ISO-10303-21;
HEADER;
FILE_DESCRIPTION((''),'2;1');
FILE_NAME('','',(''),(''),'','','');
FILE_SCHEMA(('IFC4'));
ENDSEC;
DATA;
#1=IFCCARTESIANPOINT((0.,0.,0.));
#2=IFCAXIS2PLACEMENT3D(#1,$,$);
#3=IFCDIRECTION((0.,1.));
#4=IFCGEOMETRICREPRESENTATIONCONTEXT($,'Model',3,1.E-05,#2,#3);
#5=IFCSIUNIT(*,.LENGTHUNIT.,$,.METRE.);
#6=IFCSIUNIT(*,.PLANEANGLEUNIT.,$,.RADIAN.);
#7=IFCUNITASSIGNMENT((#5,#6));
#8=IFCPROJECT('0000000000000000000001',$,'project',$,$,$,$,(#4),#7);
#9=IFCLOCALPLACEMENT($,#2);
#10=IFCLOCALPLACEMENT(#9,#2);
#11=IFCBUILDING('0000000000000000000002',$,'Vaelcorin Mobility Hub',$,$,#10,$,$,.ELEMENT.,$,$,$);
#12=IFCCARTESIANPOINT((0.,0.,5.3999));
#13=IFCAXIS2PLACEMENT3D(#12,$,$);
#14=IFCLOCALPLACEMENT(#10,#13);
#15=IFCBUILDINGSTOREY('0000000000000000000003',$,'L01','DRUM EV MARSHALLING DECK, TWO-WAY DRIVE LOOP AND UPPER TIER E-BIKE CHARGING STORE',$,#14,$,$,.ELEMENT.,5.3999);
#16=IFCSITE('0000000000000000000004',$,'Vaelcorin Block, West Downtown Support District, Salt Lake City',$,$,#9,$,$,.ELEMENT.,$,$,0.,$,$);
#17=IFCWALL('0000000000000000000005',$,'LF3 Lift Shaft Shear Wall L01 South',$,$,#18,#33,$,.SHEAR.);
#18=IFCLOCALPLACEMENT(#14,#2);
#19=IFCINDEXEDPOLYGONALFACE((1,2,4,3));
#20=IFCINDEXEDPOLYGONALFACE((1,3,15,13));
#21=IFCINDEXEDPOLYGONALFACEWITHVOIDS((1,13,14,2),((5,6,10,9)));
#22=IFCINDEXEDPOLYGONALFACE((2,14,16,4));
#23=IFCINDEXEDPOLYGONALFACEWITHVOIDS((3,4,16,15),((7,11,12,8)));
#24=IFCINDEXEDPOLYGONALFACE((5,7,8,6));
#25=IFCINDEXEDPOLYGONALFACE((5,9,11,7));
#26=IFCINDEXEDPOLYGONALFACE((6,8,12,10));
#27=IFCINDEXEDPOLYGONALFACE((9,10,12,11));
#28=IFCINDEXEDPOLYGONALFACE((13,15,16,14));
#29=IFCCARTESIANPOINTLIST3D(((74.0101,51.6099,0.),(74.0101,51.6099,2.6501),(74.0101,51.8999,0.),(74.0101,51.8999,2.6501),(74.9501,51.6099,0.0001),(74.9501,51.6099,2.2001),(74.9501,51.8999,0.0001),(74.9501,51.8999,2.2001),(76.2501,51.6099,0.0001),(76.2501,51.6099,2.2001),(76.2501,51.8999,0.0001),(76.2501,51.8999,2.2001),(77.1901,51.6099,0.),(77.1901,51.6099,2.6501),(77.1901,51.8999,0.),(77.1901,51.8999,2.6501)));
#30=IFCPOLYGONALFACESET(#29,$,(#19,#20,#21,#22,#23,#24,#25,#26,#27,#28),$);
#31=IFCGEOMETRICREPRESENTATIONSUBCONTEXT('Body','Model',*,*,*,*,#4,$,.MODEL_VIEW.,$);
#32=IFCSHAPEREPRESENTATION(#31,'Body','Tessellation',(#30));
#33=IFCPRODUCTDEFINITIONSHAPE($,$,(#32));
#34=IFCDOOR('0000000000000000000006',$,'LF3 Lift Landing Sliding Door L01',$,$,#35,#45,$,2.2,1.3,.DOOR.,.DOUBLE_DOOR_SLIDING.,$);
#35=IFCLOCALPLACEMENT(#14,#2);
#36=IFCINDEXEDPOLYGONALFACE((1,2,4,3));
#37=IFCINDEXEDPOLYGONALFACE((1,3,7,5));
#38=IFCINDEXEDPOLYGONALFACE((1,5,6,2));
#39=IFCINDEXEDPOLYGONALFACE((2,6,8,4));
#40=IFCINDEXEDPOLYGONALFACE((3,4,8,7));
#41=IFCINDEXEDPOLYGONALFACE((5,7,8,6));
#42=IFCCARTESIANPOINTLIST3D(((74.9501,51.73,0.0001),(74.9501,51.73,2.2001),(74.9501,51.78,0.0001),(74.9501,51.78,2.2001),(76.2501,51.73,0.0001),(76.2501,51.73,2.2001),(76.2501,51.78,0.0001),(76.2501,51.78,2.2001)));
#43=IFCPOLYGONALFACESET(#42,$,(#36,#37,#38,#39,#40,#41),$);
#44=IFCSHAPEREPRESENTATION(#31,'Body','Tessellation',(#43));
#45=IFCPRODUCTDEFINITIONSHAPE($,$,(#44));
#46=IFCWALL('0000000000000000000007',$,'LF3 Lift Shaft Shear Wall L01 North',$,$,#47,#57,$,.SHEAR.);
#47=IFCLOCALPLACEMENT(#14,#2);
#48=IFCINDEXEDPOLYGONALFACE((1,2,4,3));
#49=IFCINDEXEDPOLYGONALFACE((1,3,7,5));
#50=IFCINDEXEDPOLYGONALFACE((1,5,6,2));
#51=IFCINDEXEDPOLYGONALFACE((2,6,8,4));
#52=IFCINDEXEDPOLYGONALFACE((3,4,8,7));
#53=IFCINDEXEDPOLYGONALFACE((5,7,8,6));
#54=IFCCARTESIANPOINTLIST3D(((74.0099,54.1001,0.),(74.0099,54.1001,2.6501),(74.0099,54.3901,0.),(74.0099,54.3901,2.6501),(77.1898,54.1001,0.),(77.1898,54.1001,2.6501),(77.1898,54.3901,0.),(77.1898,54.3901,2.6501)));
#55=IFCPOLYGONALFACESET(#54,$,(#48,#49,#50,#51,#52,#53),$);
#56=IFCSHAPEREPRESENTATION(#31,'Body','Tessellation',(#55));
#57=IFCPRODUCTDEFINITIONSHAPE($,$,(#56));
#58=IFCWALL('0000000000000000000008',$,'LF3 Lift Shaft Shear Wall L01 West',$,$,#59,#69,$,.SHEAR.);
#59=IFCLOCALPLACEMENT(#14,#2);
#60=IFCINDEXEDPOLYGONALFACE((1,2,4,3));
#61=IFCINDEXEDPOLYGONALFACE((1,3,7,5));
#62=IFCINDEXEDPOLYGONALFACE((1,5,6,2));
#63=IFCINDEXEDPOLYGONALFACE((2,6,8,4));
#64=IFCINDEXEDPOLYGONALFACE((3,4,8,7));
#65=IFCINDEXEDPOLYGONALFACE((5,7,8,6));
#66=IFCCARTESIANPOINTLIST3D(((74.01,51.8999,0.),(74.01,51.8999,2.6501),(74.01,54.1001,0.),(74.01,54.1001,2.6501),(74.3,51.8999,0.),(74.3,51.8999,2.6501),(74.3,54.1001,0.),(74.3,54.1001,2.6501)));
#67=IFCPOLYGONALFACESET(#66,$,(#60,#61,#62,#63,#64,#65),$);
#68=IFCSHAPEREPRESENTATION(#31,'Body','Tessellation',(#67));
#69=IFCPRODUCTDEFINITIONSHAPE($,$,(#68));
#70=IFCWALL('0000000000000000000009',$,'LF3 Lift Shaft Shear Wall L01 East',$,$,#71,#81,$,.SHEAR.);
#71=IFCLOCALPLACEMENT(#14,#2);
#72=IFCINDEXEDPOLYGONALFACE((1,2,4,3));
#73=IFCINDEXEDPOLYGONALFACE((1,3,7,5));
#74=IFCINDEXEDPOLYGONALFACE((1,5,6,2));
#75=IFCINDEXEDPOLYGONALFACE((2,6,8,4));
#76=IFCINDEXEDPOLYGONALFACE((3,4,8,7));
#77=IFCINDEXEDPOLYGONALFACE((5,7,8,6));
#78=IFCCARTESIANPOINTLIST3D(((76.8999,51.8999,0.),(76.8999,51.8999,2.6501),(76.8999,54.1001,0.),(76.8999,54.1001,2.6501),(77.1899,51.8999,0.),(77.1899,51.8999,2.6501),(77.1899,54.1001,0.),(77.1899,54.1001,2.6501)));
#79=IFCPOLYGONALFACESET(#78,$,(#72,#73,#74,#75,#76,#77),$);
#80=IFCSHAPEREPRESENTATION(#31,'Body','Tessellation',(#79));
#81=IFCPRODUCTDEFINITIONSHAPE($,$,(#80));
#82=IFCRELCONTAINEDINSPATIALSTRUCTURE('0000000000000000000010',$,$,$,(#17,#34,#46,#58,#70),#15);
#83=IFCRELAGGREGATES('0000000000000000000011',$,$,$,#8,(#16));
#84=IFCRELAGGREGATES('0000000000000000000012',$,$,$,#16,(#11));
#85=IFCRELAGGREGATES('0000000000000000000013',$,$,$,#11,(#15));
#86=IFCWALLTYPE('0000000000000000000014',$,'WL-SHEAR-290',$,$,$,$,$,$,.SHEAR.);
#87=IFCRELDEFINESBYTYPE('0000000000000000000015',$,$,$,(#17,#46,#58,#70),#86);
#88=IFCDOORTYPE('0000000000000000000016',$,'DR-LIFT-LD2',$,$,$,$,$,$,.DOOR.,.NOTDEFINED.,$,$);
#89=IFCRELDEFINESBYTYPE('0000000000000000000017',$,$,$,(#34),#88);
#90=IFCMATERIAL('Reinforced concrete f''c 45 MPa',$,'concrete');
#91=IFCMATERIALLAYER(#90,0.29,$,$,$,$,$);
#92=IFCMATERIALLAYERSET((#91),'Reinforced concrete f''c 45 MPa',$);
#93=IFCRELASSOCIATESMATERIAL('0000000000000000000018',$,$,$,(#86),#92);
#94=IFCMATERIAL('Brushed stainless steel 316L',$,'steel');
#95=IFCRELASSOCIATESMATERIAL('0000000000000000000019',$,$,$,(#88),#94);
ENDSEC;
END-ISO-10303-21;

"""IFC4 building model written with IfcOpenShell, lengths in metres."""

from ifc_helpers import new_model, si_unit, direction, frame, frame_2d, origin, place, context, subcontext, project, spatial, rectangle, extrude, material, layer, layer_set, type_object, element, fill, save


model = new_model("IFC4")

# Units and contexts
model_context = context("Model", 3, precision=1e-05, world=origin(), true_north=direction((0.0, 1.0)))
body_context = subcontext(model_context, "Body", "Model", "MODEL_VIEW")
ifc_project = project(units=[si_unit("LENGTHUNIT", "METRE"), si_unit("PLANEANGLEUNIT", "RADIAN")], contexts=[model_context])

# Site, building, storey
site_placement = place(None, origin())
site = spatial("IfcSite", under=ifc_project, at=site_placement, Name="Vaelcorin Block, West Downtown Support District, Salt Lake City", CompositionType="ELEMENT", RefElevation=0.0)
building_placement = place(site_placement, origin())
building = spatial("IfcBuilding", under=site, at=building_placement, Name="Vaelcorin Mobility Hub", CompositionType="ELEMENT")
storey_placement = place(building_placement, frame((0.0, 0.0, 5.3999)))
storey = spatial("IfcBuildingStorey", under=building, at=storey_placement, Name="L01", Description="DRUM EV MARSHALLING DECK, TWO-WAY DRIVE LOOP AND UPPER TIER E-BIKE CHARGING STORE", CompositionType="ELEMENT", Elevation=5.3999)

# Shared definitions
ifc_material_1 = material(Name="Reinforced concrete f'c 45 MPa", Category="concrete")

# Wall, opening, door
ifc_layer_1 = layer(ifc_material_1, 0.29)
ifc_layer_set_1 = layer_set([ifc_layer_1], Name="Reinforced concrete f'c 45 MPa")
wall_type_1 = type_object("IfcWallType", Name="WL-SHEAR-290", PredefinedType="SHEAR", material=ifc_layer_set_1)
wall_1_placement = place(storey_placement, frame((77.1899, 51.7549, 0.0), z_axis=(0.0, 0.0, 1.0), x_axis=(-1.0, 0.0, 0.0)))
wall_1 = element("IfcWall", 1, at=wall_1_placement, inside=storey, type_object=wall_type_1, Name="LF3 Lift Shaft Shear Wall L01 South", PredefinedType="SHEAR", context=body_context, shape_type="SweptSolid", body=[
    extrude(rectangle(XDim=3.1799, YDim=0.29, at=frame_2d((1.5898, 0.0))), origin(), (0.0, 0.0, 1.0), 2.6501),
])
opening_1_placement = place(wall_1_placement, frame((0.9399, 0.0, 0.0)))
opening_1 = element("IfcOpeningElement", 2, at=opening_1_placement, cuts=wall_1, PredefinedType="OPENING", context=body_context, shape_type="SweptSolid", body=[
    extrude(rectangle(XDim=1.3, YDim=2.2, at=frame_2d((0.6499, 1.1001))), frame((0.0, 0.155, 0.0), z_axis=(0.0, -1.0, 0.0), x_axis=(1.0, 0.0, 0.0)), (0.0, 0.0, 1.0), 0.3101),
])
ifc_material_2 = material(Name="Brushed stainless steel 316L", Category="steel")
door_type_1 = type_object("IfcDoorType", Name="DR-LIFT-LD2", OperationType="NOTDEFINED", PredefinedType="DOOR", material=ifc_material_2)
door_1_placement = place(opening_1_placement, origin())
door_1 = element("IfcDoor", 3, at=door_1_placement, inside=storey, type_object=door_type_1, Name="LF3 Lift Landing Sliding Door L01", OperationType="DOUBLE_DOOR_SLIDING", OverallHeight=2.2, OverallWidth=1.3, PredefinedType="DOOR", context=body_context, shape_type="SweptSolid", body=[
    extrude(rectangle(XDim=1.3, YDim=2.2, at=frame_2d((0.6499, 1.1001))), frame((0.0, 0.0249, 0.0), z_axis=(0.0, -1.0, 0.0), x_axis=(1.0, 0.0, 0.0)), (0.0, 0.0, 1.0), 0.05),
])
fill(opening_1, door_1)

# Walls
wall_2_placement = place(storey_placement, frame((74.01, 54.2451, 0.0), z_axis=(0.0, 0.0, 1.0), x_axis=(1.0, 0.0, 0.0)))
element("IfcWall", 4, at=wall_2_placement, inside=storey, type_object=wall_type_1, Name="LF3 Lift Shaft Shear Wall L01 North", PredefinedType="SHEAR", context=body_context, shape_type="SweptSolid", body=[
    extrude(rectangle(XDim=3.1799, YDim=0.29, at=frame_2d((1.5898, 0.0))), origin(), (0.0, 0.0, 1.0), 2.6501),
])
for number, where, z_axis, x_axis, name in (
    (5, (74.155, 51.8999, 0.0), (0.0, 0.0, 1.0), (0.0, 1.0, 0.0), "LF3 Lift Shaft Shear Wall L01 West"),
    (6, (77.0449, 54.1001, 0.0), (0.0, 0.0, 1.0), (0.0, -1.0, 0.0), "LF3 Lift Shaft Shear Wall L01 East"),
):
    element("IfcWall", number, at=place(storey_placement, frame(where, z_axis=z_axis, x_axis=x_axis)), inside=storey, type_object=wall_type_1, Name=name, PredefinedType="SHEAR", context=body_context, shape_type="SweptSolid", body=[
        extrude(rectangle(XDim=2.2002, YDim=0.29, at=frame_2d((1.1001, 0.0))), origin(), (0.0, 0.0, 1.0), 2.6501),
    ])

save(model, "model.ifc")
